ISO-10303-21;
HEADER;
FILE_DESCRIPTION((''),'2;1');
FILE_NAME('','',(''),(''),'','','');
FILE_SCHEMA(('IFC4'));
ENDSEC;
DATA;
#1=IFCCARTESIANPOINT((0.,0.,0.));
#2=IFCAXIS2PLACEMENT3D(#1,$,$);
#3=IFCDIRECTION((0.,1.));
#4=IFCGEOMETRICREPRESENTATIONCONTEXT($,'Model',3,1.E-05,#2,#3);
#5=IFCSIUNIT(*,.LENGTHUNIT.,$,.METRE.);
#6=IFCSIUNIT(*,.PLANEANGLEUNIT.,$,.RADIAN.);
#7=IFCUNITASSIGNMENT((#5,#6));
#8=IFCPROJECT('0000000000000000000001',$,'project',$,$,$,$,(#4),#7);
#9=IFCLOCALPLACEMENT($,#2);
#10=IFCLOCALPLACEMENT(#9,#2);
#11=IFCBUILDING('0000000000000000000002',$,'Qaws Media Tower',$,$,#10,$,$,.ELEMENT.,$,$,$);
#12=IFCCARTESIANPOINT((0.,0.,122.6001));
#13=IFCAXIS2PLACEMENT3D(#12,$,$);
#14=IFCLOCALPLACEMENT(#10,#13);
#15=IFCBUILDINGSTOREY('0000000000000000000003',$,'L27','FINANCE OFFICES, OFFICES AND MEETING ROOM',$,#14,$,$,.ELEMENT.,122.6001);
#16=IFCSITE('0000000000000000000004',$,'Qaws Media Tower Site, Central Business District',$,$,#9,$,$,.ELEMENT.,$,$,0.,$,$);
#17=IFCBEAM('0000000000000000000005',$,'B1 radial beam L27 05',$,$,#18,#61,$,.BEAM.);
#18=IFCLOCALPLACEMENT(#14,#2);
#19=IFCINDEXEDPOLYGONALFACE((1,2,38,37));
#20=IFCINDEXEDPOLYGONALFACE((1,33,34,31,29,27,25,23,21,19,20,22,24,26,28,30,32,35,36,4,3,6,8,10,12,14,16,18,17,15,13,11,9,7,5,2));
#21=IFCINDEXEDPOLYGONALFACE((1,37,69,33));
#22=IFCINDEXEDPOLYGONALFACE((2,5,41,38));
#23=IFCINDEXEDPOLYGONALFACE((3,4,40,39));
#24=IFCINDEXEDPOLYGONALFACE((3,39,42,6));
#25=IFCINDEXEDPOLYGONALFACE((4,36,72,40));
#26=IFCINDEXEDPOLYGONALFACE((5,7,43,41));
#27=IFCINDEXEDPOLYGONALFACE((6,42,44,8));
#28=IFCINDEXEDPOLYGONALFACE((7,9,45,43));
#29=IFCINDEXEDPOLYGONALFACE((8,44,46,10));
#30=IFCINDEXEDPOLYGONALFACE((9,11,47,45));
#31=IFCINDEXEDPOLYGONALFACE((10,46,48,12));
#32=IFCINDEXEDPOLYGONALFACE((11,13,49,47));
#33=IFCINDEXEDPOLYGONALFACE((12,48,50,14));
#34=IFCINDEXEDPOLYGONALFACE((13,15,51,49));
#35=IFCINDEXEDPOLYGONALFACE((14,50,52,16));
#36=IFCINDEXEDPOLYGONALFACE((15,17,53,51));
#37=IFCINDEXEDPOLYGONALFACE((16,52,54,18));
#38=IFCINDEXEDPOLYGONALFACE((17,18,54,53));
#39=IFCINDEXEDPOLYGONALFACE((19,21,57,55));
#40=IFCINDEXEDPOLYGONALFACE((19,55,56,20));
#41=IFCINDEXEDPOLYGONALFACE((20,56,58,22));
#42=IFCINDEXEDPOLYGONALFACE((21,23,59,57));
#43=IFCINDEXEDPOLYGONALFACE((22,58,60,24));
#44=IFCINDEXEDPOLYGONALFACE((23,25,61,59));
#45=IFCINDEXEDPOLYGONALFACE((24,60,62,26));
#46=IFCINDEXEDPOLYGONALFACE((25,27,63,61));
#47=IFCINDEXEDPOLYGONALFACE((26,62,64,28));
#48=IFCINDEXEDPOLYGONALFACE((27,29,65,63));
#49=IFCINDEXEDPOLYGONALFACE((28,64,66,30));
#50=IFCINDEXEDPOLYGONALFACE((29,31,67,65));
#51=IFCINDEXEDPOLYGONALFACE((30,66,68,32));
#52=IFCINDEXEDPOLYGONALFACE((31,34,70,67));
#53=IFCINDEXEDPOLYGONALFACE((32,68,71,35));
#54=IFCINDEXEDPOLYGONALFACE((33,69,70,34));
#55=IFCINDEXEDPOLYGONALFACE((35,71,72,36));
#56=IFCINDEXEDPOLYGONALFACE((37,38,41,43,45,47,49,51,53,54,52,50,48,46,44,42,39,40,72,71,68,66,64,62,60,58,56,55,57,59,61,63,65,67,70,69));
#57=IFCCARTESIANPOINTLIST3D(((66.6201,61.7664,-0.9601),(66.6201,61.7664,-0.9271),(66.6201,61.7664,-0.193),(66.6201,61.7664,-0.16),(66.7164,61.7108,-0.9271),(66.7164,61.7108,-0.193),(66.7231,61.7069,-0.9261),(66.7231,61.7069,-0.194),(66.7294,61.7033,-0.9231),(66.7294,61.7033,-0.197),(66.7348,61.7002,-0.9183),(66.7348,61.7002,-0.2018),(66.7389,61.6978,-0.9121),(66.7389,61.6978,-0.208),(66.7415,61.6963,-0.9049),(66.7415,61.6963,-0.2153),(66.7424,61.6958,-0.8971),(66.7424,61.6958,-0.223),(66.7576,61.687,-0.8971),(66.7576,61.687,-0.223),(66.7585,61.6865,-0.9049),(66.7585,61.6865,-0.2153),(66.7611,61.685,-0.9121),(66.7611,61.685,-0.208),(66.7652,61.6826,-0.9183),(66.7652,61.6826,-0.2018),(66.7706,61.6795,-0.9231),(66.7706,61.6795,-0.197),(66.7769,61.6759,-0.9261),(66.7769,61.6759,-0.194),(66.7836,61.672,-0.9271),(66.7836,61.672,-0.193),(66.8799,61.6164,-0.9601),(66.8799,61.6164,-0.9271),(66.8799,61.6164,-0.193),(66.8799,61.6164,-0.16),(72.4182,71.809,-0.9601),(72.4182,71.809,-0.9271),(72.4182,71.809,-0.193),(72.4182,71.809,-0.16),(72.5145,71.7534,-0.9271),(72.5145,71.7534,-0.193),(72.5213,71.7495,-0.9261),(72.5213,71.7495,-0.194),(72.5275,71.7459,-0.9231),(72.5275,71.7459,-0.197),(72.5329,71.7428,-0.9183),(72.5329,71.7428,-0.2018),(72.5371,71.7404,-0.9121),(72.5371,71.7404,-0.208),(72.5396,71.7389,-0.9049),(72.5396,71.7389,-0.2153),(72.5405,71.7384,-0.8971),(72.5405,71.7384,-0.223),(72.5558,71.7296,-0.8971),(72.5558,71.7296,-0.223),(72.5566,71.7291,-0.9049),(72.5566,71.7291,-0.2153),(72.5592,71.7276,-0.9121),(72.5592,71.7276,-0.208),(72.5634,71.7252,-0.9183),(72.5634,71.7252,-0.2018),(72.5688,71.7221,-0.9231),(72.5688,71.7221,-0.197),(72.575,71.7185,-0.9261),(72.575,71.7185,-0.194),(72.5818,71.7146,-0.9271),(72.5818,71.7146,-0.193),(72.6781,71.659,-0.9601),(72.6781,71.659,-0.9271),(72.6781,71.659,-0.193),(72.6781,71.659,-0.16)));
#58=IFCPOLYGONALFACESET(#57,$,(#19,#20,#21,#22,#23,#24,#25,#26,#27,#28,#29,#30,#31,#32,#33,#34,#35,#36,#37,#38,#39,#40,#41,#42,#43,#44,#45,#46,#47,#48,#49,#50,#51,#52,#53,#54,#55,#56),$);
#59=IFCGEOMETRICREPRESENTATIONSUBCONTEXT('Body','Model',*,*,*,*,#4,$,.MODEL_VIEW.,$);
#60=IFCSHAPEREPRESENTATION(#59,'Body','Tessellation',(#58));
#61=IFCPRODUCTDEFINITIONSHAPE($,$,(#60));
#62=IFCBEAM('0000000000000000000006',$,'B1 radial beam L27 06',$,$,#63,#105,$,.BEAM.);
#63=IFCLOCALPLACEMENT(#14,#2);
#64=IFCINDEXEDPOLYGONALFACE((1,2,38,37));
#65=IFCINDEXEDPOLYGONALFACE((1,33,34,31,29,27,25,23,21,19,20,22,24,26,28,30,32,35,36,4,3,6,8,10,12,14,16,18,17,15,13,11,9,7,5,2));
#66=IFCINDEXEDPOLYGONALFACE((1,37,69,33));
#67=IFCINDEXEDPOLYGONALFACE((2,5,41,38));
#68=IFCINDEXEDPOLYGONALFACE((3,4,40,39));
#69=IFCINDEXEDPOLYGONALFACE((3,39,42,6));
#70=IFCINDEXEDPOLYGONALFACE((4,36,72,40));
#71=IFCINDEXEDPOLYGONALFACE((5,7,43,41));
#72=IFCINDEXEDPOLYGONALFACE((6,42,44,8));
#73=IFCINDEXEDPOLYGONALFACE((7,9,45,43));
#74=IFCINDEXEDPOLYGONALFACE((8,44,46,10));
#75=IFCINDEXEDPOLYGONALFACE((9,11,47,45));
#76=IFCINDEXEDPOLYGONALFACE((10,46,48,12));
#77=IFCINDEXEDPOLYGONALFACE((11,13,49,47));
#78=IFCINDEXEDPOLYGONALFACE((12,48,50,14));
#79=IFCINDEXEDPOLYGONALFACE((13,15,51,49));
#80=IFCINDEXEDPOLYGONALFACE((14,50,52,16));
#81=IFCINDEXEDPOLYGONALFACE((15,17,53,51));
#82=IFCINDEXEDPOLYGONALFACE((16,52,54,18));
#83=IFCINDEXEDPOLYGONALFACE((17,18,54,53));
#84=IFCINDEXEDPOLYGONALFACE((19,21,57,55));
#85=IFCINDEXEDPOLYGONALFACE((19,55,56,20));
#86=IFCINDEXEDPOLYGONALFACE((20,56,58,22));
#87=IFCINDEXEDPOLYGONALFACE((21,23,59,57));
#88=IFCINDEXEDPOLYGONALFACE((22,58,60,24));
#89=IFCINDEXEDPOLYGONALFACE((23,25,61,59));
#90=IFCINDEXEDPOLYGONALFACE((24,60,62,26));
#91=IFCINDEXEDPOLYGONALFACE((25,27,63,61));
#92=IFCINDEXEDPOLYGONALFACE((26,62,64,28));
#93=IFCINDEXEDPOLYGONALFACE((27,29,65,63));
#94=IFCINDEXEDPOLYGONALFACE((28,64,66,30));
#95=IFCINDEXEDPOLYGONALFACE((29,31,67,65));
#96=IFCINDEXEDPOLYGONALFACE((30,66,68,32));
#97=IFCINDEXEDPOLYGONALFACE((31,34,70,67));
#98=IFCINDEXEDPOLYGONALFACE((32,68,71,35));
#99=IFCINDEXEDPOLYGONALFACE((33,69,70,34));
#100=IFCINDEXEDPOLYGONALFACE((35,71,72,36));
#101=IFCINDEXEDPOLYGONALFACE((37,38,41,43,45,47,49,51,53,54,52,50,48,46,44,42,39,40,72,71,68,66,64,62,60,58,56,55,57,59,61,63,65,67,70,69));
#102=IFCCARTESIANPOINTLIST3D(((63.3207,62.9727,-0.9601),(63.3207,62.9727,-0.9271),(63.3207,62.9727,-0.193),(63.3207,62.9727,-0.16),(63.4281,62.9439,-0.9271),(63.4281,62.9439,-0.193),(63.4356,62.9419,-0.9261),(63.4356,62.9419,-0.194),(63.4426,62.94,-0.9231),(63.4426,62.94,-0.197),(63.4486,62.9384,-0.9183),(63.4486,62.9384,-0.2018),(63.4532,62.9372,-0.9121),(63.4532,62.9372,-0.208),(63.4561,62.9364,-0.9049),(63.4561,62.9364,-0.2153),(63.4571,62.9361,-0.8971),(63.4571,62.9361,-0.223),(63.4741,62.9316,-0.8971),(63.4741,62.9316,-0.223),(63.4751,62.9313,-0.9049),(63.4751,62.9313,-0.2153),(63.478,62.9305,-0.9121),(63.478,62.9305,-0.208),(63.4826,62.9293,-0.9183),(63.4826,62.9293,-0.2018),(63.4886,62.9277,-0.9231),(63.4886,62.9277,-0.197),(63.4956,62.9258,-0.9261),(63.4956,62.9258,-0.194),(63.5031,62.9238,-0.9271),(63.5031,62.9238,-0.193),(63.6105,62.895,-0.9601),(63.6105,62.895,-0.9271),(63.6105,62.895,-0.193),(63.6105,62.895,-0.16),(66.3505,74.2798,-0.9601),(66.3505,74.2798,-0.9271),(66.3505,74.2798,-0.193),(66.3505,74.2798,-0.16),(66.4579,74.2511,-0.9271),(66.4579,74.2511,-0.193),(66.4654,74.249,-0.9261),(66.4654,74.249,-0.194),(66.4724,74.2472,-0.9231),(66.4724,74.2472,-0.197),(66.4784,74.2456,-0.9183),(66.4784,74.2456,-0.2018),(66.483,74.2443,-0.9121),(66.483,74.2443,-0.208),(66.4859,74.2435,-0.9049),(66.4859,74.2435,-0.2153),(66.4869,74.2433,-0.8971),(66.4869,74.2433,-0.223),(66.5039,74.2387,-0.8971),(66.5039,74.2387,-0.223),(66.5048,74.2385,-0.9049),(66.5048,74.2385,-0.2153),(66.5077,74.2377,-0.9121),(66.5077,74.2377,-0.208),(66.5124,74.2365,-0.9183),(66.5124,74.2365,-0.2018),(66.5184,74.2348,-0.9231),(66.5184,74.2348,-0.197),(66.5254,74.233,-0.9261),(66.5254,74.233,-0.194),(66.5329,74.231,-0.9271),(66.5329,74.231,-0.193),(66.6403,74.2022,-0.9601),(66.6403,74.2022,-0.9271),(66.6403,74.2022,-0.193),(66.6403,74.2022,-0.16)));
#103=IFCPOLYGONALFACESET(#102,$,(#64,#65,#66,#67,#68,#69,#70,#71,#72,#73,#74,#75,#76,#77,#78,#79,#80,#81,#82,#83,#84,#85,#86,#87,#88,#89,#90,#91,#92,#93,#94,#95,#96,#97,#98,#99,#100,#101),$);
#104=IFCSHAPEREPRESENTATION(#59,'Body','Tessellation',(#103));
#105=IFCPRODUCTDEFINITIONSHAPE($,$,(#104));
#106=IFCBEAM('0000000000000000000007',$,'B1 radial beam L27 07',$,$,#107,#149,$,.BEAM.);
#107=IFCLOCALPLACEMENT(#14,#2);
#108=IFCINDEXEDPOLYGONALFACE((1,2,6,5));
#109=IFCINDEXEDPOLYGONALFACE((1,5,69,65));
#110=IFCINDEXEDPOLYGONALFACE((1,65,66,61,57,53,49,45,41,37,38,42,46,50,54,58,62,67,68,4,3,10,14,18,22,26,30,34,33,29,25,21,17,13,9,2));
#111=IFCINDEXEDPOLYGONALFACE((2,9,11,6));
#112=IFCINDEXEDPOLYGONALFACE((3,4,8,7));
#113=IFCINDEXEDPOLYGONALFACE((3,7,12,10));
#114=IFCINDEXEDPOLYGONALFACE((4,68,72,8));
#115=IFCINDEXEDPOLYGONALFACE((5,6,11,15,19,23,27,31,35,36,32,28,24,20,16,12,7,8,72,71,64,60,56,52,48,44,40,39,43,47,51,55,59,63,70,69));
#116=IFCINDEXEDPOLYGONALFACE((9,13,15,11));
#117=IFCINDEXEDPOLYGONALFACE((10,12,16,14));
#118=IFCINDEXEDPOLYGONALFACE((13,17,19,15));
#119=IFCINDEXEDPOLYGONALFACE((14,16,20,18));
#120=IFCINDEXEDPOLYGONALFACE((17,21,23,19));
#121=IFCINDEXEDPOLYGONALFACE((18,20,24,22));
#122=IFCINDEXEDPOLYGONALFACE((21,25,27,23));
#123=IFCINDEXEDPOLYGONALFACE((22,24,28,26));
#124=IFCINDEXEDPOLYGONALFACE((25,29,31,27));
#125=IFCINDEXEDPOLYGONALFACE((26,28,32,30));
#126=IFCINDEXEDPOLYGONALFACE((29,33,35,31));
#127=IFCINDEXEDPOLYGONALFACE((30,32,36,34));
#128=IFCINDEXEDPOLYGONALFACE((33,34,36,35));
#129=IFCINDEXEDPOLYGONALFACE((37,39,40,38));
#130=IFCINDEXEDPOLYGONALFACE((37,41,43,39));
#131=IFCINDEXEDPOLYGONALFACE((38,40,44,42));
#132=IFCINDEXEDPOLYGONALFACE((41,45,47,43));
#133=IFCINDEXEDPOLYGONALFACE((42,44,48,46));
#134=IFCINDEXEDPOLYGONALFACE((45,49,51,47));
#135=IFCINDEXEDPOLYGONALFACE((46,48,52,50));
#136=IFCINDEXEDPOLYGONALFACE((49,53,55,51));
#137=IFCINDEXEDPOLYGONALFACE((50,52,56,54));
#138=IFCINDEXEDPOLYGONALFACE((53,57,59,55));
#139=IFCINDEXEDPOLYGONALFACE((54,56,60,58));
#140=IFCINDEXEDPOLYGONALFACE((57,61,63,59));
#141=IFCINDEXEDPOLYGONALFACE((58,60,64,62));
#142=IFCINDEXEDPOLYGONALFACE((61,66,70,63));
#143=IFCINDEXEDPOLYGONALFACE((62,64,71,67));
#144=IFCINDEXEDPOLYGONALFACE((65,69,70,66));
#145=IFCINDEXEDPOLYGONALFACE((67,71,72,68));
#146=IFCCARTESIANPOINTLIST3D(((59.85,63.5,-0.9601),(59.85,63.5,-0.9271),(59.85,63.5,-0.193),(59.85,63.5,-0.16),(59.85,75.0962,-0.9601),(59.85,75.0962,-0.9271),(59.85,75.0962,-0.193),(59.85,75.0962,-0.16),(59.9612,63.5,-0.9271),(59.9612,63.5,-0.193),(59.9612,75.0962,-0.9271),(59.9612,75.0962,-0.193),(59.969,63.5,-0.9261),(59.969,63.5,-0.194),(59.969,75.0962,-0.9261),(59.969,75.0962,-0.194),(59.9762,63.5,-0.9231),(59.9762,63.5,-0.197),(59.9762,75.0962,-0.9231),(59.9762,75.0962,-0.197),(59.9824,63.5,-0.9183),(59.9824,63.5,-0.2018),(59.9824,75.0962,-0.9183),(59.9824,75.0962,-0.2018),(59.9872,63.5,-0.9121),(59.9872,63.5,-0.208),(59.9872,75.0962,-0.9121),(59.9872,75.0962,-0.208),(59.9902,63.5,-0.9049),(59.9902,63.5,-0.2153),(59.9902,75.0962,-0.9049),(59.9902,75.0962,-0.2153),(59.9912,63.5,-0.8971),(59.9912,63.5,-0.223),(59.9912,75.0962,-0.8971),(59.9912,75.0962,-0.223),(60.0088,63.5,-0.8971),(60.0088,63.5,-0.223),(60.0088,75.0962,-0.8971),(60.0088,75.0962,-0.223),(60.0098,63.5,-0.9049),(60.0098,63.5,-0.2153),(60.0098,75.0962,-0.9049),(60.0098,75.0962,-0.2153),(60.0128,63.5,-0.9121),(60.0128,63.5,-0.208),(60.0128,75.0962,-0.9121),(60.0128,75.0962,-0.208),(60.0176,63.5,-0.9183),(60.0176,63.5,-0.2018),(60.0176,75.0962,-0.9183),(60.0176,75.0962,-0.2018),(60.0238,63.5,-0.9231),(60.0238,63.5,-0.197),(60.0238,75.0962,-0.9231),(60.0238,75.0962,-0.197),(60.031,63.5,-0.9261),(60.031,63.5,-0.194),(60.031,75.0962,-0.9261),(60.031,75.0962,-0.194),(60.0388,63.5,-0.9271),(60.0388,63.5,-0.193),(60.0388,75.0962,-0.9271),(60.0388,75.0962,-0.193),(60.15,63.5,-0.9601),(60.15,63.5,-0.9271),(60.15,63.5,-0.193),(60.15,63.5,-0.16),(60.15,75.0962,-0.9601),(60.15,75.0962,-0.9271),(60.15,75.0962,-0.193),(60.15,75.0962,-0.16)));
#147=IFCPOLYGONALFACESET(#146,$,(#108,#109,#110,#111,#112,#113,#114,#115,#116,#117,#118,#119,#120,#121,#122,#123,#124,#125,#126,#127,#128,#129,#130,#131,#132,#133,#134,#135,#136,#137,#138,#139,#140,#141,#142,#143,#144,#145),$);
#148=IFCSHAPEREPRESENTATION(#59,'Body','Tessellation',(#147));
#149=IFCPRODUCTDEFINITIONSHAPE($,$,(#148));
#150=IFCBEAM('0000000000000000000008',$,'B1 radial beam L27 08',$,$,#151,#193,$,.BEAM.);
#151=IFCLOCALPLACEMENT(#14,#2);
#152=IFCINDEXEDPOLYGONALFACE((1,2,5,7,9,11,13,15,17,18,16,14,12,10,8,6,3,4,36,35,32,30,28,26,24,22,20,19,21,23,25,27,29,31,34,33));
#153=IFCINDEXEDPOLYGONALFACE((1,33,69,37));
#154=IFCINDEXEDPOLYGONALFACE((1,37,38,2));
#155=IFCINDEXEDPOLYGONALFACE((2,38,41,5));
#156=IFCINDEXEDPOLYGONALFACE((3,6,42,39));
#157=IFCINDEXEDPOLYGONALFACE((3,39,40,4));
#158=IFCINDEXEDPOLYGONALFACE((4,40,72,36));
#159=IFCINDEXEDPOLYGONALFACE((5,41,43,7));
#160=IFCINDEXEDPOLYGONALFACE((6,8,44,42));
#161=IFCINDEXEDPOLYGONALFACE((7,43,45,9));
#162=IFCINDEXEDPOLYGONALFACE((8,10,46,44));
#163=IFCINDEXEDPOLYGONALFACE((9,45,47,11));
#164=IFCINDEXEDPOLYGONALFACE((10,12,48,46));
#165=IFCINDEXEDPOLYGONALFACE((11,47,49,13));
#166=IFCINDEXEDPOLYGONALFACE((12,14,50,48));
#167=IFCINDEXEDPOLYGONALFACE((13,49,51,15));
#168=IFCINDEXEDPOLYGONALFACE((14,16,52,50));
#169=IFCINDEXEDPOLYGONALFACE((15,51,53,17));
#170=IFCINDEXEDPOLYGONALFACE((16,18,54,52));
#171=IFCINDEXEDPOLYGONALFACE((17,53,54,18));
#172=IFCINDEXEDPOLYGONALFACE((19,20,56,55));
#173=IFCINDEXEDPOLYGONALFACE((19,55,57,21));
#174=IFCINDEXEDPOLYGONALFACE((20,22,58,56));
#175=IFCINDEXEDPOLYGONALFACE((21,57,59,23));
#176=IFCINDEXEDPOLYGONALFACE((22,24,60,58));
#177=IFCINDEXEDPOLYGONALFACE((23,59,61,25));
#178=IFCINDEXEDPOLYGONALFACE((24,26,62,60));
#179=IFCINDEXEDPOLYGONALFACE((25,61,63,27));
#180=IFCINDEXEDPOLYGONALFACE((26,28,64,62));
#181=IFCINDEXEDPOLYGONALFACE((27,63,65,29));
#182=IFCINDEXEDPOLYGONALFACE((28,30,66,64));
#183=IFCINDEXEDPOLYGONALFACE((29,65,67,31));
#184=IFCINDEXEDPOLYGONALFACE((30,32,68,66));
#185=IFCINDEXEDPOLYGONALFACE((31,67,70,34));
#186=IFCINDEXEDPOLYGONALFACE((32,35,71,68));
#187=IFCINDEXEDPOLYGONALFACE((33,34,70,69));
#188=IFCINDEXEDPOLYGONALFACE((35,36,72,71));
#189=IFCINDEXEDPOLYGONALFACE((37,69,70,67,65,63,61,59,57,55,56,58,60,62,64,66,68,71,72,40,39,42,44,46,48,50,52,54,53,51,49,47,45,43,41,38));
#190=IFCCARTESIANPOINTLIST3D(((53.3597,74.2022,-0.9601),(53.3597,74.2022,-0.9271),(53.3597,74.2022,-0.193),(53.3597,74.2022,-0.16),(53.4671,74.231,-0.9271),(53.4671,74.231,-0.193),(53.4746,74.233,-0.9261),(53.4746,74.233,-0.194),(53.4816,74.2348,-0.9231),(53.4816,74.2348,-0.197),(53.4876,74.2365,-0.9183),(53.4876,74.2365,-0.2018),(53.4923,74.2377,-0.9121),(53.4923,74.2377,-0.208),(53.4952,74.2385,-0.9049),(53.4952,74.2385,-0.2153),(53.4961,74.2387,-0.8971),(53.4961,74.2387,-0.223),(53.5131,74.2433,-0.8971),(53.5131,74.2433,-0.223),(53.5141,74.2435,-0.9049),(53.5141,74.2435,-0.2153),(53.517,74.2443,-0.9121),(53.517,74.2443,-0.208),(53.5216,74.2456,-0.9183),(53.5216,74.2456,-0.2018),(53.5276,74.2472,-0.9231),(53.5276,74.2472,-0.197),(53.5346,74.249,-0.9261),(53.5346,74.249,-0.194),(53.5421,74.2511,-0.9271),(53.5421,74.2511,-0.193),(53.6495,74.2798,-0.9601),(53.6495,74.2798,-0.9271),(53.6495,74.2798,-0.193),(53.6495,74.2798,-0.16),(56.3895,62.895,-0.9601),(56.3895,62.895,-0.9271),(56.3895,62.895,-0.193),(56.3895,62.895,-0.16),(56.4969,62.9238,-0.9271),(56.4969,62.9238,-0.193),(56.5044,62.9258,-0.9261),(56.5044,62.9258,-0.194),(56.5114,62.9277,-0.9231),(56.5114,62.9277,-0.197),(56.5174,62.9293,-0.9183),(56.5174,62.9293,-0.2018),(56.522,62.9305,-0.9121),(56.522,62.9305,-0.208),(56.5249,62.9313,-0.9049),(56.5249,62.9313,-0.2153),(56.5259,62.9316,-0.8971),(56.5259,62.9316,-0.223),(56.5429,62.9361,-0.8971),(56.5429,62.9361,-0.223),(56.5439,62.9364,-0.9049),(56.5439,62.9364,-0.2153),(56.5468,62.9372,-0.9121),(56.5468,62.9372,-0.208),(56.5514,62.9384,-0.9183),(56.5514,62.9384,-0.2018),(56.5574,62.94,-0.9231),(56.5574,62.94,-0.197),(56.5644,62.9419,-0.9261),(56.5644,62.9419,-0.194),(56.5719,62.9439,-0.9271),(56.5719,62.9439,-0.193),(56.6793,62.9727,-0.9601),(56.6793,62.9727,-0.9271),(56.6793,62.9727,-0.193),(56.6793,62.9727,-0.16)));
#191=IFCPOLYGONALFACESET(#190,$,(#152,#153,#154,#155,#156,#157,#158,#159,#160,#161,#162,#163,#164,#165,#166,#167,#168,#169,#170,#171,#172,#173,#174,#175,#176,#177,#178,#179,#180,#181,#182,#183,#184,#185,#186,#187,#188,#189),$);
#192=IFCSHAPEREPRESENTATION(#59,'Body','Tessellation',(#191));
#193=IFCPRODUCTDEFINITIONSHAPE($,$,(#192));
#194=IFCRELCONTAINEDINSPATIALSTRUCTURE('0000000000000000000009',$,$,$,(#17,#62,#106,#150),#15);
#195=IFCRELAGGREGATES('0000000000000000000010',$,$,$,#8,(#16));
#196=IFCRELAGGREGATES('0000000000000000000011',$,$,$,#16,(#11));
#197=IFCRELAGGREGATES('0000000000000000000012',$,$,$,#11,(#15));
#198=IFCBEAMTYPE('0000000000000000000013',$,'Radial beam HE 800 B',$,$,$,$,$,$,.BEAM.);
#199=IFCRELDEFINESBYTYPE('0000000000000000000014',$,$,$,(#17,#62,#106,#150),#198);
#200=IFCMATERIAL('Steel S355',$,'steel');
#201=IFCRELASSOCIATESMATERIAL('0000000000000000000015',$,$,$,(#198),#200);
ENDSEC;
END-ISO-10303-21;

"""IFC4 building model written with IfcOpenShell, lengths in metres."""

from ifc_helpers import new_model, si_unit, direction, frame, origin, origin_2d, place, context, subcontext, project, spatial, i_section, extrude, material, material_profile, profile_set, type_object, element, save


model = new_model("IFC4")

# Units and contexts
model_context = context("Model", 3, precision=1e-05, world=origin(), true_north=direction((0.0, 1.0)))
body_context = subcontext(model_context, "Body", "Model", "MODEL_VIEW")
ifc_project = project(units=[si_unit("LENGTHUNIT", "METRE"), si_unit("PLANEANGLEUNIT", "RADIAN")], contexts=[model_context])

# Site, building, storey
site_placement = place(None, origin())
site = spatial("IfcSite", under=ifc_project, at=site_placement, Name="Qaws Media Tower Site, Central Business District", CompositionType="ELEMENT", RefElevation=0.0)
building_placement = place(site_placement, origin())
building = spatial("IfcBuilding", under=site, at=building_placement, Name="Qaws Media Tower", CompositionType="ELEMENT")
storey_placement = place(building_placement, frame((0.0, 0.0, 122.6001)))
storey = spatial("IfcBuildingStorey", under=building, at=storey_placement, Name="L27", Description="FINANCE OFFICES, OFFICES AND MEETING ROOM", CompositionType="ELEMENT", Elevation=122.6001)

# Beams
ifc_material_1 = material(Name="Steel S355", Category="steel")
ifc_material_profile_1 = material_profile(ifc_material_1, i_section(OverallWidth=0.3, OverallDepth=0.8, WebThickness=0.0176, FlangeThickness=0.033, FilletRadius=0.03, at=origin_2d()), Name="HE 800 B")
ifc_profile_set_1 = profile_set([ifc_material_profile_1], Name="Steel S355")
beam_type_1 = type_object("IfcBeamType", Name="Radial beam HE 800 B", PredefinedType="BEAM", material=ifc_profile_set_1)
beam_1_placement = place(storey_placement, frame((66.75, 61.6914, -0.5601), z_axis=(0.500004, 0.866023, 0.0), x_axis=(-0.866023, 0.500004, 0.0)))
element("IfcBeam", 1, at=beam_1_placement, inside=storey, type_object=beam_type_1, Name="B1 radial beam L27 05", PredefinedType="BEAM", context=body_context, shape_type="SweptSolid", body=[
    extrude(i_section(OverallWidth=0.3, OverallDepth=0.8, WebThickness=0.0176, FlangeThickness=0.033, FilletRadius=0.03, at=origin_2d()), origin(), (0.0, 0.0, 1.0), 11.5962),
])
beam_2_placement = place(storey_placement, frame((63.4656, 62.9338, -0.5601), z_axis=(0.258823, 0.965925, 0.0), x_axis=(-0.965925, 0.258823, 0.0)))
element("IfcBeam", 2, at=beam_2_placement, inside=storey, type_object=beam_type_1, Name="B1 radial beam L27 06", PredefinedType="BEAM", context=body_context, shape_type="SweptSolid", body=[
    extrude(i_section(OverallWidth=0.3, OverallDepth=0.8, WebThickness=0.0176, FlangeThickness=0.033, FilletRadius=0.03, at=origin_2d()), origin(), (0.0, 0.0, 1.0), 11.7061),
])
beam_3_placement = place(storey_placement, frame((60.0, 63.5, -0.5601), z_axis=(0.0, 1.0, 0.0), x_axis=(-1.0, 0.0, 0.0)))
element("IfcBeam", 3, at=beam_3_placement, inside=storey, type_object=beam_type_1, Name="B1 radial beam L27 07", PredefinedType="BEAM", context=body_context, shape_type="SweptSolid", body=[
    extrude(i_section(OverallWidth=0.3, OverallDepth=0.8, WebThickness=0.0176, FlangeThickness=0.033, FilletRadius=0.03, at=origin_2d()), origin(), (0.0, 0.0, 1.0), 11.5962),
])
beam_4_placement = place(storey_placement, frame((56.5344, 62.9338, -0.5601), z_axis=(-0.258823, 0.965925, 0.0), x_axis=(-0.965925, -0.258823, 0.0)))
element("IfcBeam", 4, at=beam_4_placement, inside=storey, type_object=beam_type_1, Name="B1 radial beam L27 08", PredefinedType="BEAM", context=body_context, shape_type="SweptSolid", body=[
    extrude(i_section(OverallWidth=0.3, OverallDepth=0.8, WebThickness=0.0176, FlangeThickness=0.033, FilletRadius=0.03, at=origin_2d()), origin(), (0.0, 0.0, 1.0), 11.7061),
])

save(model, "model.ifc")
